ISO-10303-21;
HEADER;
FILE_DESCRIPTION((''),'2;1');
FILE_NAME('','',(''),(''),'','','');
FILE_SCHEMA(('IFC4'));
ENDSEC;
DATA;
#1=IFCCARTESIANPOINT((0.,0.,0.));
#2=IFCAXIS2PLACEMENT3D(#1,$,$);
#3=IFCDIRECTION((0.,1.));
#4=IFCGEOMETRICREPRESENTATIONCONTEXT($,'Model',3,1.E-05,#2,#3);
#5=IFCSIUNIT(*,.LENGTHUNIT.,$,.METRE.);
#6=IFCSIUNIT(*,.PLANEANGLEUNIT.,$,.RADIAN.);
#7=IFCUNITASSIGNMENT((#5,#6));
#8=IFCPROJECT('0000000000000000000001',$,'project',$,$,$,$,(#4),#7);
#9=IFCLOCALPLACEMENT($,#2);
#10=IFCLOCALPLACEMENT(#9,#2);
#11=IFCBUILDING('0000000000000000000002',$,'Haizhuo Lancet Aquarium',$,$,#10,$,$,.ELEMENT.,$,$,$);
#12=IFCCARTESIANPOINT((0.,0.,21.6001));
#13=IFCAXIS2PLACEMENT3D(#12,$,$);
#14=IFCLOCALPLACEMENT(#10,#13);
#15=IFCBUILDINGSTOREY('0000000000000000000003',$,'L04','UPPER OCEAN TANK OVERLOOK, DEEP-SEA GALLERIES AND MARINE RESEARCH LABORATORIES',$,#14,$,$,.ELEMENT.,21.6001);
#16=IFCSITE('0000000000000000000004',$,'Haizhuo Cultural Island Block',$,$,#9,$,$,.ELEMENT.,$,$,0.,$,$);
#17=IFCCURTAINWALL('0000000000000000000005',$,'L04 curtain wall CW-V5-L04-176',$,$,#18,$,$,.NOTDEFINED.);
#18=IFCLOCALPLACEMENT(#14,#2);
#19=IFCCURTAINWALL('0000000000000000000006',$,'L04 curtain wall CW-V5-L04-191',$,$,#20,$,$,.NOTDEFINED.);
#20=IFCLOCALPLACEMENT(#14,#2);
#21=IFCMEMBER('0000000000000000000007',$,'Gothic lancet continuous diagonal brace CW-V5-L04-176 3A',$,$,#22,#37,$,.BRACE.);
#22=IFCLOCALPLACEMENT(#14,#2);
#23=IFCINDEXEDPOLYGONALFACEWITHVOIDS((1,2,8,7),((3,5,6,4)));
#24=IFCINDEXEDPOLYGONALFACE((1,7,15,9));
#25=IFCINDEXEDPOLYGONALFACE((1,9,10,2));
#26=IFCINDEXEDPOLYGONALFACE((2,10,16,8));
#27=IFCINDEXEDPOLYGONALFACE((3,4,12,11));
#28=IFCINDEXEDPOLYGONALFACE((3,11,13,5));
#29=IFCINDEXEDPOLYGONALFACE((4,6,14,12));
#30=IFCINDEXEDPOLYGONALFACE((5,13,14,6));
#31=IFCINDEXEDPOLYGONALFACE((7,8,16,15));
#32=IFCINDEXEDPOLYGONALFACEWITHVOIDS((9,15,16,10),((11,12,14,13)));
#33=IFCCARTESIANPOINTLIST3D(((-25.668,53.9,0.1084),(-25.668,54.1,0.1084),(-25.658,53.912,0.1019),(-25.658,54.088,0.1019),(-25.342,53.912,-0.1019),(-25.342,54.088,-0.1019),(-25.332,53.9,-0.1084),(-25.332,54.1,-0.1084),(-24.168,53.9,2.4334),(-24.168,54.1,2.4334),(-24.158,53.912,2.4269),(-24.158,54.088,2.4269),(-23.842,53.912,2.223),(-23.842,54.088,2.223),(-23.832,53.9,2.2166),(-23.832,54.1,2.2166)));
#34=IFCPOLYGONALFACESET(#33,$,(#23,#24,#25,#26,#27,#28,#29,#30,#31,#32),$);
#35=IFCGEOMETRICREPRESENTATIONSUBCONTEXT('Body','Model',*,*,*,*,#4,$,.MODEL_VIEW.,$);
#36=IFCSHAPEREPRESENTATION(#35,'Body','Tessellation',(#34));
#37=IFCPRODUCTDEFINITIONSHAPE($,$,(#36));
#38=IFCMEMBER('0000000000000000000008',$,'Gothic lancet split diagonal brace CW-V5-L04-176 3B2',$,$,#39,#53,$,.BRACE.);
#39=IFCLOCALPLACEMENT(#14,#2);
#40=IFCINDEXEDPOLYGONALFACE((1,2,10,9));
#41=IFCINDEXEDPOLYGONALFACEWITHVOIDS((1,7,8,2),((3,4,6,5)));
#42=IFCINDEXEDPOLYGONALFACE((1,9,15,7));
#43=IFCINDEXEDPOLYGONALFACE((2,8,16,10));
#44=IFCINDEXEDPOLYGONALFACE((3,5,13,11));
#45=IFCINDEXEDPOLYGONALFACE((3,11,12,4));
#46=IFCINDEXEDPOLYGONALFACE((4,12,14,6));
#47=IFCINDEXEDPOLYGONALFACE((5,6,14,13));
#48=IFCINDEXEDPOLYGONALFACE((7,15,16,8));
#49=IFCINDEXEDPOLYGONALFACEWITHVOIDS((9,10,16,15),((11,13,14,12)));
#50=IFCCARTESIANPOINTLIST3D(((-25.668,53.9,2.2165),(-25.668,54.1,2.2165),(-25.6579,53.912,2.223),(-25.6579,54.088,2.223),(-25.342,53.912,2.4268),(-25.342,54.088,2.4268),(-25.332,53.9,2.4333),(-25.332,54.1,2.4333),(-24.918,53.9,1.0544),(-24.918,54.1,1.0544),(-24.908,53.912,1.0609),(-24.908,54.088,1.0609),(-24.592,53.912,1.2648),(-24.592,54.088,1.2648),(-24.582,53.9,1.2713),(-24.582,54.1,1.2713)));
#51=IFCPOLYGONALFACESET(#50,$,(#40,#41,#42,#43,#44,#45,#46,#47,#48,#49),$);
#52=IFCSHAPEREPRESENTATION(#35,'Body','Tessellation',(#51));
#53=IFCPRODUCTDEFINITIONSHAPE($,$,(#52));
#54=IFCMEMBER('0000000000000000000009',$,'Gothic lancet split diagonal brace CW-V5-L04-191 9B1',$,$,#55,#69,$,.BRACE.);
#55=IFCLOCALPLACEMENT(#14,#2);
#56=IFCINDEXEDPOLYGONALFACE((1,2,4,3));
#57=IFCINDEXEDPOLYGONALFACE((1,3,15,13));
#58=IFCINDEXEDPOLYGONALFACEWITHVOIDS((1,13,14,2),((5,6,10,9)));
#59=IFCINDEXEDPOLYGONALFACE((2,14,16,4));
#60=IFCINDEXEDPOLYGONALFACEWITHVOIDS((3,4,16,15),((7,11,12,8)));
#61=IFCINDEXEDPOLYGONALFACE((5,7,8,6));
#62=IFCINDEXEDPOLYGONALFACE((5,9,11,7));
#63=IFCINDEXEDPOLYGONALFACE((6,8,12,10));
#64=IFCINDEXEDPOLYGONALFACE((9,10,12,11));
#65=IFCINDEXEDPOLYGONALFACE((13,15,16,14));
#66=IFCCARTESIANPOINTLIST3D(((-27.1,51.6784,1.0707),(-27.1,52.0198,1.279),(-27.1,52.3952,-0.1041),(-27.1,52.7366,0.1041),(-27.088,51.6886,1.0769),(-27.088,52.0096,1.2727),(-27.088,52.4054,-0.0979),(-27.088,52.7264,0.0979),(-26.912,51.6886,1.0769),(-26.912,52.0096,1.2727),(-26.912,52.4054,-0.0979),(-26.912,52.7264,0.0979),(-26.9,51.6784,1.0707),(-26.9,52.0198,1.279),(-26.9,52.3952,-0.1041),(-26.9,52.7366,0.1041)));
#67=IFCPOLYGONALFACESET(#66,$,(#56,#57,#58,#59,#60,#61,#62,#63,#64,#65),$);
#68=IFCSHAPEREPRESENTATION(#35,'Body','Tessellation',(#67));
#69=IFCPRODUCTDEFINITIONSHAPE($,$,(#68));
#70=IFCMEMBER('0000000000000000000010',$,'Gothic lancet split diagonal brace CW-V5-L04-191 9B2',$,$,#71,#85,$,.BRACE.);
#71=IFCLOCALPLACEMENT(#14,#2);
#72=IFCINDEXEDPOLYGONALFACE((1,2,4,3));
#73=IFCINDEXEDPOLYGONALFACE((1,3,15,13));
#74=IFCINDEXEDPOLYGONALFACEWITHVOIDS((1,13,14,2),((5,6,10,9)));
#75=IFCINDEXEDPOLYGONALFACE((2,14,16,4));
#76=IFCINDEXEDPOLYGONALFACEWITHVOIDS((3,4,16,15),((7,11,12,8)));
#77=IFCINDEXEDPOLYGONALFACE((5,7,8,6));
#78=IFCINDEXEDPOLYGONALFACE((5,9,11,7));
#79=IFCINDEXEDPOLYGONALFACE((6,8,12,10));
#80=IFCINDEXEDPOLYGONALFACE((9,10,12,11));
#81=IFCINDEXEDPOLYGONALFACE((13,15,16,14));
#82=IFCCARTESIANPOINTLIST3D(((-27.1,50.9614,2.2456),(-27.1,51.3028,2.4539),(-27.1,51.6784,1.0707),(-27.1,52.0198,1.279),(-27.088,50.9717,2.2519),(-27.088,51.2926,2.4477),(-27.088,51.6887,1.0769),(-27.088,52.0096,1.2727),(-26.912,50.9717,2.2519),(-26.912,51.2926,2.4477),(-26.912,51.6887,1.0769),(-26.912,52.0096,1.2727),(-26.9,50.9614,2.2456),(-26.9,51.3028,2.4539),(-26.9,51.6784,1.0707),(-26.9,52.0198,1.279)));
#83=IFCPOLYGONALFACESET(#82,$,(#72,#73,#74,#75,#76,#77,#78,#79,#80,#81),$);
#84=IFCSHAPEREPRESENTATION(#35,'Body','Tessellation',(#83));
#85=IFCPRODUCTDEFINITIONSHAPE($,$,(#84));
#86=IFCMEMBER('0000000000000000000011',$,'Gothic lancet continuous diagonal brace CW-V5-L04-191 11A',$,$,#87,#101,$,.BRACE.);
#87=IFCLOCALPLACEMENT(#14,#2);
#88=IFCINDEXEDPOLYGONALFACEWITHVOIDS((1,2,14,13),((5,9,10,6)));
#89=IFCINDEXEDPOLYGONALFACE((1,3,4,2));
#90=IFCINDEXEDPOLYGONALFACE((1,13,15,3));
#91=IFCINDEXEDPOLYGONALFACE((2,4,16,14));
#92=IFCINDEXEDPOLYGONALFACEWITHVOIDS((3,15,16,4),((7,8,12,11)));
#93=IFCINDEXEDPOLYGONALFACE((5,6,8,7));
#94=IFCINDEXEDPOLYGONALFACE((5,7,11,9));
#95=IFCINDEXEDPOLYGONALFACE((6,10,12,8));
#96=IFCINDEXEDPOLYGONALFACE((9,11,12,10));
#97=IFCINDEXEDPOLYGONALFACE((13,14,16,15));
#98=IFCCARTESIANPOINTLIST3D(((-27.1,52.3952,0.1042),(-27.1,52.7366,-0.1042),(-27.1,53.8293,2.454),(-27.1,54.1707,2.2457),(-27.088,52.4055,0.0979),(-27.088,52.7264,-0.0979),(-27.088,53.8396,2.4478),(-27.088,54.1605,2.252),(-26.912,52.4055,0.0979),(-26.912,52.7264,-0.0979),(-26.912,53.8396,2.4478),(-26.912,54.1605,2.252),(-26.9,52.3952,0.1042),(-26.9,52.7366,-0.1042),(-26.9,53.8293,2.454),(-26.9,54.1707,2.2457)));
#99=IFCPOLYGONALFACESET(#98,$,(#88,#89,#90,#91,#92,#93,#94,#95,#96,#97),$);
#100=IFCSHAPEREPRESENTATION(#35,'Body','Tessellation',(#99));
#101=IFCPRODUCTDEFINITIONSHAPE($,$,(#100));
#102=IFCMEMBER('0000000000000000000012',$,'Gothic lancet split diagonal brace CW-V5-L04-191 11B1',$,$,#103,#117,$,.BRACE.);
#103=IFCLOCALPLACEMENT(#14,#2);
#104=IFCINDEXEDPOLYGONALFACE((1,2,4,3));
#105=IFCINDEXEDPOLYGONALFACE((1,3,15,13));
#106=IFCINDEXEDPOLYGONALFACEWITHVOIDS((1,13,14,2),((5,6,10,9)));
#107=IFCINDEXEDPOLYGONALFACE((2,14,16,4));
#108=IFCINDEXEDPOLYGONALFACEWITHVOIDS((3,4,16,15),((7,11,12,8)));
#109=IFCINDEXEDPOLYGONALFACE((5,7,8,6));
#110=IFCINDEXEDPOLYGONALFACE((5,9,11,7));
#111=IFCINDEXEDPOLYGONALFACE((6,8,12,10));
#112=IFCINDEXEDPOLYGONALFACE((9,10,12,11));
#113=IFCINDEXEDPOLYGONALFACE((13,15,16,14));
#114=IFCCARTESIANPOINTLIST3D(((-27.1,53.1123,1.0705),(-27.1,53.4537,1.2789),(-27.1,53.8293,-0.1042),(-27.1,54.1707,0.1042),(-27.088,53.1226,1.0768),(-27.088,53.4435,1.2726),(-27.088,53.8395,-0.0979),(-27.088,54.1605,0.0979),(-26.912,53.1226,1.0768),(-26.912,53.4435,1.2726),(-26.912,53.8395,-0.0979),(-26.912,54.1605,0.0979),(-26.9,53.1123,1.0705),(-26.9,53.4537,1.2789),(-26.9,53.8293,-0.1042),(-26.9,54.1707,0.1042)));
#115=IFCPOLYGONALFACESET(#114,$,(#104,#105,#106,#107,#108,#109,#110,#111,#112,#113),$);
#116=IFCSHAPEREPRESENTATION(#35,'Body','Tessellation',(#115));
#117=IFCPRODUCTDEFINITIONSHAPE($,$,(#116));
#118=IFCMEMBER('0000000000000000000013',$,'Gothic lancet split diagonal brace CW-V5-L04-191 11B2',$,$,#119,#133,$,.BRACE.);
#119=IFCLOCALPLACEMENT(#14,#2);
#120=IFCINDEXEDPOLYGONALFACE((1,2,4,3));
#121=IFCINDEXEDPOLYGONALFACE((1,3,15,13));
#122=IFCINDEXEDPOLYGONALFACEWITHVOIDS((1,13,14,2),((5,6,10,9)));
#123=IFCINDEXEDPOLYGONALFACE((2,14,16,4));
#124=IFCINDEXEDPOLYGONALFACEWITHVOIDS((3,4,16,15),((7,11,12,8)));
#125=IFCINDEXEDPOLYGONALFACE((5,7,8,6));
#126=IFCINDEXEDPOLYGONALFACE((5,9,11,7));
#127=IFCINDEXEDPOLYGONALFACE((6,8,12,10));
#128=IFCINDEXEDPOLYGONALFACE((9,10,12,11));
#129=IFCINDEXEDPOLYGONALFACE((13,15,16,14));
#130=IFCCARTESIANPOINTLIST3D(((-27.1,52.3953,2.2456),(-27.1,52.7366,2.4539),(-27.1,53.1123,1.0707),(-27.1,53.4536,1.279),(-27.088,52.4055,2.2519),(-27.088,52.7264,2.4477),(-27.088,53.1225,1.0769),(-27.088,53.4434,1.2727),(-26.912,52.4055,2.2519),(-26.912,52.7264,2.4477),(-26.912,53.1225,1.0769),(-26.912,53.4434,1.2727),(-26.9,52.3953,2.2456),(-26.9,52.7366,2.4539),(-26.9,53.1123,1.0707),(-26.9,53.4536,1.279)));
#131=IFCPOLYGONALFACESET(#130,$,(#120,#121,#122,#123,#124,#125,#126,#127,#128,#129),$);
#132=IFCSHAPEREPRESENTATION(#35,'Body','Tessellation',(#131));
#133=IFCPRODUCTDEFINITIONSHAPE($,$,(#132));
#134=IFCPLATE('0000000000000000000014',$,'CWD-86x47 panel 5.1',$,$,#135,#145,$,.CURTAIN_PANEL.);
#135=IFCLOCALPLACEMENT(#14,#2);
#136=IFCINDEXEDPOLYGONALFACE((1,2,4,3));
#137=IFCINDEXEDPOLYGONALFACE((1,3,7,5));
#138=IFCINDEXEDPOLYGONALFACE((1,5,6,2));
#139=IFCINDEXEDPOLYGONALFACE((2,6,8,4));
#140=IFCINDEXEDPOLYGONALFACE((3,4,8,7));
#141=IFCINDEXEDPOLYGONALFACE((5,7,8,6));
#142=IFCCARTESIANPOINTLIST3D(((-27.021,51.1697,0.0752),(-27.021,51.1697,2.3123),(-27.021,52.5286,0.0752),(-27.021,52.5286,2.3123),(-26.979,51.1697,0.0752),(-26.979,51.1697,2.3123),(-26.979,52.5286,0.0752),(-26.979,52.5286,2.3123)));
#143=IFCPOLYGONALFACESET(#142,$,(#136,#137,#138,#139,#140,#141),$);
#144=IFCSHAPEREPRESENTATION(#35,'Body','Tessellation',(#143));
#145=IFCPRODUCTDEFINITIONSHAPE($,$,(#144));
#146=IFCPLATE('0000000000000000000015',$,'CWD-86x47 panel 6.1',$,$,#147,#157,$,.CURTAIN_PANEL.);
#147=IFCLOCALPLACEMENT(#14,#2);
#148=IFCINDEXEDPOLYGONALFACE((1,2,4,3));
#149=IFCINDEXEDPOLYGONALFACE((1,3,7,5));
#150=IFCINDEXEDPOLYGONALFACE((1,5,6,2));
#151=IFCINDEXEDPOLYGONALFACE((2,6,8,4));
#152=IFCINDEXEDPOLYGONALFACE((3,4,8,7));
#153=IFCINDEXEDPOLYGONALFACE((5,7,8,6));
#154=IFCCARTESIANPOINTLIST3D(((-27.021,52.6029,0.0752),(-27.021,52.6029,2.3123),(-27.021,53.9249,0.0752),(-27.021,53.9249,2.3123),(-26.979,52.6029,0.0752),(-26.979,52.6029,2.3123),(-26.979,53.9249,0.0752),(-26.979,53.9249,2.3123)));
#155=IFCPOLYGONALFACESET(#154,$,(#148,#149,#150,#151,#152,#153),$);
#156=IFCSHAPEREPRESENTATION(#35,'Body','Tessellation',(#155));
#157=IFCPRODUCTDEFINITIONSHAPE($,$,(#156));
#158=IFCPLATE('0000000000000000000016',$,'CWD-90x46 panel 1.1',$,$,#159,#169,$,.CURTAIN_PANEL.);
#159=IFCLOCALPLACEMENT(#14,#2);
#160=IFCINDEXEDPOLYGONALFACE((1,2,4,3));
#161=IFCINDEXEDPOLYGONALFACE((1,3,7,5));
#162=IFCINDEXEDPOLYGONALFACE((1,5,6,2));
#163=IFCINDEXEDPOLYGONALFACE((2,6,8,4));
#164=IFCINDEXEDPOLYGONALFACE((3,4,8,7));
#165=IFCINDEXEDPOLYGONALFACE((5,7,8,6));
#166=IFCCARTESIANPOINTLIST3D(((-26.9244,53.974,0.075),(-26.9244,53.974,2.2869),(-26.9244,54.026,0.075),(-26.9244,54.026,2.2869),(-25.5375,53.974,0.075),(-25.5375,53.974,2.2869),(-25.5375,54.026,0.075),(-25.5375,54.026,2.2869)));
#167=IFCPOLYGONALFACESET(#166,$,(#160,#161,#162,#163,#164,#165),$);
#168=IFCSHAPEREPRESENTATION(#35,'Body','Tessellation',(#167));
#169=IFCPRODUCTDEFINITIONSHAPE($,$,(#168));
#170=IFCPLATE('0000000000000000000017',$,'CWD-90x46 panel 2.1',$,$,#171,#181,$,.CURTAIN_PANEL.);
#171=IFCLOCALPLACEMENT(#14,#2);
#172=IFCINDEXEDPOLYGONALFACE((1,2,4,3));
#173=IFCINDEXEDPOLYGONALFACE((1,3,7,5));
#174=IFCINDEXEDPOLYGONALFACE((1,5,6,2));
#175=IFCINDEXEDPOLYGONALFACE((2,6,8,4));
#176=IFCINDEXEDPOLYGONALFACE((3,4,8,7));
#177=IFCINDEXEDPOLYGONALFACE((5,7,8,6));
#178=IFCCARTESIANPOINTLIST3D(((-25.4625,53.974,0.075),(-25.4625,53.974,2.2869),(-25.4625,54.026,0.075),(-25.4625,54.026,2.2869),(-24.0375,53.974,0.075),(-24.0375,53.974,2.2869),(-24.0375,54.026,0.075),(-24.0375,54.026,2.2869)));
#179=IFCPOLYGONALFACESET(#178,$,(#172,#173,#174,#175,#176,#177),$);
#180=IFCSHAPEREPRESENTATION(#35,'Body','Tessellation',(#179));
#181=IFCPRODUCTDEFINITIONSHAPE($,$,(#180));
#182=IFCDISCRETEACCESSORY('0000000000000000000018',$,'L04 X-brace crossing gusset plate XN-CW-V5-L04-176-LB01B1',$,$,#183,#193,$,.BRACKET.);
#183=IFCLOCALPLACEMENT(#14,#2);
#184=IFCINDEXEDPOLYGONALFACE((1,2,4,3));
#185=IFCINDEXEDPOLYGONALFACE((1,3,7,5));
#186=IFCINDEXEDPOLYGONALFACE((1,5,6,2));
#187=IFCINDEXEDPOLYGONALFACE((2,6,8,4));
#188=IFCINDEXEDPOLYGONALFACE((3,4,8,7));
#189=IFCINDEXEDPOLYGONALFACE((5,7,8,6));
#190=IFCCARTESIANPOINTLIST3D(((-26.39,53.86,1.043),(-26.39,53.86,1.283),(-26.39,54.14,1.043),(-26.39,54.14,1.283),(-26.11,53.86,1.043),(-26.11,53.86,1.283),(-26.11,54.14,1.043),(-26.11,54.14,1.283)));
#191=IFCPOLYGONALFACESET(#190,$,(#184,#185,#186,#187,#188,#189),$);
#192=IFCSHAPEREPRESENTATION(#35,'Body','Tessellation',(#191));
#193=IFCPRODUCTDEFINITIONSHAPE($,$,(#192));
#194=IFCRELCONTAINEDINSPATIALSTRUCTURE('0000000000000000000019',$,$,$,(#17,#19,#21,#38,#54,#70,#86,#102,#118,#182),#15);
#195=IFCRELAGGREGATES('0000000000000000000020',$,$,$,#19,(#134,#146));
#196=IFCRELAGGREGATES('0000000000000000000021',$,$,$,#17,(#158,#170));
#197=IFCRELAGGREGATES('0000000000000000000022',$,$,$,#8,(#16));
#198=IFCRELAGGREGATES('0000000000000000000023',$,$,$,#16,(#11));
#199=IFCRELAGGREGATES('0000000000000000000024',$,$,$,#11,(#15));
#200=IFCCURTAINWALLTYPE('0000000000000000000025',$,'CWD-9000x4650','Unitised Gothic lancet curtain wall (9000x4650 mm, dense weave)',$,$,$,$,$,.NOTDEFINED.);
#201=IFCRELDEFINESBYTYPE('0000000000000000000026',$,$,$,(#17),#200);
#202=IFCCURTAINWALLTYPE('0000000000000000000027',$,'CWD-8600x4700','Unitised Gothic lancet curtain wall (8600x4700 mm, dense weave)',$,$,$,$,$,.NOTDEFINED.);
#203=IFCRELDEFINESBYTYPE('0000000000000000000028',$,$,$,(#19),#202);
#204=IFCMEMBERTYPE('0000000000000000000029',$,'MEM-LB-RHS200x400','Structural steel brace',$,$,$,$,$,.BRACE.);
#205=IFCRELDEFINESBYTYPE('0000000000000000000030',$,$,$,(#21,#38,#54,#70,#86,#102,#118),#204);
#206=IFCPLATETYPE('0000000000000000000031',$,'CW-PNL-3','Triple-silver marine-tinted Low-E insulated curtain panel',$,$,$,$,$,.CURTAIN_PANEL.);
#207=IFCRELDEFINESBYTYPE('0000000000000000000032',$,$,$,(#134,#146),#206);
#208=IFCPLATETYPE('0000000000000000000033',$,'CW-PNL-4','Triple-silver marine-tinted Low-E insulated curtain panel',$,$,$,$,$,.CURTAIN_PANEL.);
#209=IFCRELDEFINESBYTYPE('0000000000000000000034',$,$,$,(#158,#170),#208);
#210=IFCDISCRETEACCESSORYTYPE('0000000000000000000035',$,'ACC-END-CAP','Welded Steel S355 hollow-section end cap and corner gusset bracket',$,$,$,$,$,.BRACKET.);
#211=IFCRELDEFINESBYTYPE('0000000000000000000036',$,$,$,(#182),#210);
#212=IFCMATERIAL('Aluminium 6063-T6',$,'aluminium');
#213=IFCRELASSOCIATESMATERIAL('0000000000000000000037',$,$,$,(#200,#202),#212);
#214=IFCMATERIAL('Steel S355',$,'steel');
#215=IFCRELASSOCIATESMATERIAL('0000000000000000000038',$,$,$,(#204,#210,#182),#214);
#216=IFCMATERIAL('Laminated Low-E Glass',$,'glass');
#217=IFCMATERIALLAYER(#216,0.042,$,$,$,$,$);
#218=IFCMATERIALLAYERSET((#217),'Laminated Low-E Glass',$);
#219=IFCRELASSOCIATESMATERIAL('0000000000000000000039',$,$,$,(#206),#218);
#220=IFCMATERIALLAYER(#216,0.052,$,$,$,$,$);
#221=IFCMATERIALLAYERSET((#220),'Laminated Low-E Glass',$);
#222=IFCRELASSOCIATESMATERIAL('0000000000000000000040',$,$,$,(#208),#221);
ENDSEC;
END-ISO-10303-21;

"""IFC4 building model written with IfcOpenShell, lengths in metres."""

from ifc_helpers import new_model, si_unit, direction, frame, origin, origin_2d, place, context, subcontext, project, spatial, rectangle, hollow_rectangle, extrude, material, layer, layer_set, material_profile, profile_set, type_object, element, aggregate, save


model = new_model("IFC4")

# Units and contexts
model_context = context("Model", 3, precision=1e-05, world=origin(), true_north=direction((0.0, 1.0)))
body_context = subcontext(model_context, "Body", "Model", "MODEL_VIEW")
ifc_project = project(units=[si_unit("LENGTHUNIT", "METRE"), si_unit("PLANEANGLEUNIT", "RADIAN")], contexts=[model_context])

# Site, building, storey
site_placement = place(None, origin())
site = spatial("IfcSite", under=ifc_project, at=site_placement, Name="Haizhuo Cultural Island Block", CompositionType="ELEMENT", RefElevation=0.0)
building_placement = place(site_placement, origin())
building = spatial("IfcBuilding", under=site, at=building_placement, Name="Haizhuo Lancet Aquarium", CompositionType="ELEMENT")
storey_placement = place(building_placement, frame((0.0, 0.0, 21.6001)))
storey = spatial("IfcBuildingStorey", under=building, at=storey_placement, Name="L04", Description="UPPER OCEAN TANK OVERLOOK, DEEP-SEA GALLERIES AND MARINE RESEARCH LABORATORIES", CompositionType="ELEMENT", Elevation=21.6001)

# Curtain walls
ifc_material_1 = material(Name="Aluminium 6063-T6", Category="aluminium")
curtain_wall_type_1 = type_object("IfcCurtainWallType", Name="CWD-9000x4650", Description="Unitised Gothic lancet curtain wall (9000x4650 mm, dense weave)", PredefinedType="NOTDEFINED", material=ifc_material_1)
curtain_wall_1_placement = place(storey_placement, origin())
curtain_wall_1 = element("IfcCurtainWall", 1, at=curtain_wall_1_placement, inside=storey, type_object=curtain_wall_type_1, Name="L04 curtain wall CW-V5-L04-176", PredefinedType="NOTDEFINED")
curtain_wall_type_2 = type_object("IfcCurtainWallType", Name="CWD-8600x4700", Description="Unitised Gothic lancet curtain wall (8600x4700 mm, dense weave)", PredefinedType="NOTDEFINED", material=ifc_material_1)
curtain_wall_2_placement = place(storey_placement, origin())
curtain_wall_2 = element("IfcCurtainWall", 2, at=curtain_wall_2_placement, inside=storey, type_object=curtain_wall_type_2, Name="L04 curtain wall CW-V5-L04-191", PredefinedType="NOTDEFINED")

# Members
ifc_material_2 = material(Name="Steel S355", Category="steel")
ifc_material_profile_1 = material_profile(ifc_material_2, hollow_rectangle(XDim=0.2, YDim=0.3999, WallThickness=0.012, at=origin_2d()), Name="RHS 200x400x12")
ifc_profile_set_1 = profile_set([ifc_material_profile_1], Name="Steel S355")
member_type_1 = type_object("IfcMemberType", Name="MEM-LB-RHS200x400", Description="Structural steel brace", PredefinedType="BRACE", material=ifc_profile_set_1)
member_1_placement = place(storey_placement, frame((-25.5, 54.0, 0.0), z_axis=(0.542135, 0.0, 0.840291), x_axis=(0.0, 1.0, 0.0)))
element("IfcMember", 3, at=member_1_placement, inside=storey, type_object=member_type_1, Name="Gothic lancet continuous diagonal brace CW-V5-L04-176 3A", PredefinedType="BRACE", context=body_context, shape_type="SweptSolid", body=[
    extrude(hollow_rectangle(XDim=0.2, YDim=0.3999, WallThickness=0.012, at=origin_2d()), origin(), (0.0, 0.0, 1.0), 2.7668),
])
member_2_placement = place(storey_placement, frame((-24.75, 54.0, 1.1628), z_axis=(-0.542256, 0.0, 0.840214), x_axis=(0.0, -1.0, 0.0)))
element("IfcMember", 4, at=member_2_placement, inside=storey, type_object=member_type_1, Name="Gothic lancet split diagonal brace CW-V5-L04-176 3B2", PredefinedType="BRACE", context=body_context, shape_type="SweptSolid", body=[
    extrude(hollow_rectangle(XDim=0.2, YDim=0.3999, WallThickness=0.012, at=origin_2d()), origin(), (0.0, 0.0, 1.0), 1.3831),
])
member_3_placement = place(storey_placement, frame((-27.0, 52.5659, 0.0), z_axis=(0.0, -0.520847, 0.85365), x_axis=(1.0, 0.0, 0.0)))
element("IfcMember", 5, at=member_3_placement, inside=storey, type_object=member_type_1, Name="Gothic lancet split diagonal brace CW-V5-L04-191 9B1", PredefinedType="BRACE", context=body_context, shape_type="SweptSolid", body=[
    extrude(hollow_rectangle(XDim=0.2, YDim=0.3999, WallThickness=0.012, at=origin_2d()), origin(), (0.0, 0.0, 1.0), 1.3762),
])
member_4_placement = place(storey_placement, frame((-27.0, 51.8491, 1.1748), z_axis=(0.0, -0.520898, 0.853619), x_axis=(1.0, 0.0, 0.0)))
element("IfcMember", 6, at=member_4_placement, inside=storey, type_object=member_type_1, Name="Gothic lancet split diagonal brace CW-V5-L04-191 9B2", PredefinedType="BRACE", context=body_context, shape_type="SweptSolid", body=[
    extrude(hollow_rectangle(XDim=0.2, YDim=0.3999, WallThickness=0.012, at=origin_2d()), origin(), (0.0, 0.0, 1.0), 1.3765),
])
member_5_placement = place(storey_placement, frame((-27.0, 52.5659, 0.0), z_axis=(0.0, 0.520937, 0.853595), x_axis=(-1.0, 0.0, 0.0)))
element("IfcMember", 7, at=member_5_placement, inside=storey, type_object=member_type_1, Name="Gothic lancet continuous diagonal brace CW-V5-L04-191 11A", PredefinedType="BRACE", context=body_context, shape_type="SweptSolid", body=[
    extrude(hollow_rectangle(XDim=0.2, YDim=0.3999, WallThickness=0.012, at=origin_2d()), origin(), (0.0, 0.0, 1.0), 2.7529),
])
member_6_placement = place(storey_placement, frame((-27.0, 54.0, 0.0), z_axis=(0.0, -0.520976, 0.853571), x_axis=(1.0, 0.0, 0.0)))
element("IfcMember", 8, at=member_6_placement, inside=storey, type_object=member_type_1, Name="Gothic lancet split diagonal brace CW-V5-L04-191 11B1", PredefinedType="BRACE", context=body_context, shape_type="SweptSolid", body=[
    extrude(hollow_rectangle(XDim=0.2, YDim=0.3999, WallThickness=0.012, at=origin_2d()), origin(), (0.0, 0.0, 1.0), 1.3762),
])
member_7_placement = place(storey_placement, frame((-27.0, 53.283, 1.1748), z_axis=(0.0, -0.520898, 0.853619), x_axis=(1.0, 0.0, 0.0)))
element("IfcMember", 9, at=member_7_placement, inside=storey, type_object=member_type_1, Name="Gothic lancet split diagonal brace CW-V5-L04-191 11B2", PredefinedType="BRACE", context=body_context, shape_type="SweptSolid", body=[
    extrude(hollow_rectangle(XDim=0.2, YDim=0.3999, WallThickness=0.012, at=origin_2d()), origin(), (0.0, 0.0, 1.0), 1.3765),
])

# Plates
ifc_material_3 = material(Name="Laminated Low-E Glass", Category="glass")
ifc_layer_1 = layer(ifc_material_3, 0.042)
ifc_layer_set_1 = layer_set([ifc_layer_1], Name="Laminated Low-E Glass")
plate_type_1 = type_object("IfcPlateType", Name="CW-PNL-3", Description="Triple-silver marine-tinted Low-E insulated curtain panel", PredefinedType="CURTAIN_PANEL", material=ifc_layer_set_1)
plate_1_placement = place(storey_placement, frame((-27.0, 51.8491, 0.0752), z_axis=(0.0, 0.0, 1.0), x_axis=(0.0, 1.0, 0.0)))
plate_1 = element("IfcPlate", 10, at=plate_1_placement, type_object=plate_type_1, Name="CWD-86x47 panel 5.1", PredefinedType="CURTAIN_PANEL", context=body_context, shape_type="SweptSolid", body=[
    extrude(rectangle(XDim=1.3589, YDim=0.042, at=origin_2d()), origin(), (0.0, 0.0, 1.0), 2.2371),
])
plate_2_placement = place(storey_placement, frame((-27.0, 53.2639, 0.0752), z_axis=(0.0, 0.0, 1.0), x_axis=(0.0, 1.0, 0.0)))
plate_2 = element("IfcPlate", 11, at=plate_2_placement, type_object=plate_type_1, Name="CWD-86x47 panel 6.1", PredefinedType="CURTAIN_PANEL", context=body_context, shape_type="SweptSolid", body=[
    extrude(rectangle(XDim=1.322, YDim=0.042, at=origin_2d()), origin(), (0.0, 0.0, 1.0), 2.2371),
])
aggregate(curtain_wall_2, [plate_1, plate_2])
ifc_layer_2 = layer(ifc_material_3, 0.052)
ifc_layer_set_2 = layer_set([ifc_layer_2], Name="Laminated Low-E Glass")
plate_type_2 = type_object("IfcPlateType", Name="CW-PNL-4", Description="Triple-silver marine-tinted Low-E insulated curtain panel", PredefinedType="CURTAIN_PANEL", material=ifc_layer_set_2)
plate_3_placement = place(storey_placement, frame((-26.231, 54.0, 0.075), z_axis=(0.0, 0.0, 1.0), x_axis=(1.0, 0.0, 0.0)))
plate_3 = element("IfcPlate", 12, at=plate_3_placement, type_object=plate_type_2, Name="CWD-90x46 panel 1.1", PredefinedType="CURTAIN_PANEL", context=body_context, shape_type="SweptSolid", body=[
    extrude(rectangle(XDim=1.387, YDim=0.052, at=origin_2d()), origin(), (0.0, 0.0, 1.0), 2.2119),
])
plate_4_placement = place(storey_placement, frame((-24.75, 54.0, 0.075), z_axis=(0.0, 0.0, 1.0), x_axis=(1.0, 0.0, 0.0)))
plate_4 = element("IfcPlate", 13, at=plate_4_placement, type_object=plate_type_2, Name="CWD-90x46 panel 2.1", PredefinedType="CURTAIN_PANEL", context=body_context, shape_type="SweptSolid", body=[
    extrude(rectangle(XDim=1.425, YDim=0.052, at=origin_2d()), origin(), (0.0, 0.0, 1.0), 2.2119),
])
aggregate(curtain_wall_1, [plate_3, plate_4])

# Discrete accessory
discrete_accessory_type = type_object("IfcDiscreteAccessoryType", Name="ACC-END-CAP", Description="Welded Steel S355 hollow-section end cap and corner gusset bracket", PredefinedType="BRACKET", material=ifc_material_2)
for number, where, z_axis, x_axis, name in (
    (14, (-26.25, 54.0, 1.043), (0.0, 0.0, 1.0), (1.0, 0.0, 0.0), "L04 X-brace crossing gusset plate XN-CW-V5-L04-176-LB01B1"),
):
    element("IfcDiscreteAccessory", number, at=place(storey_placement, frame(where, z_axis=z_axis, x_axis=x_axis)), inside=storey, type_object=discrete_accessory_type, material=ifc_material_2, Name=name, PredefinedType="BRACKET", context=body_context, shape_type="SweptSolid", body=[
        extrude(rectangle(XDim=0.28, YDim=0.28, at=origin_2d()), origin(), (0.0, 0.0, 1.0), 0.24),
    ])

save(model, "model.ifc")
